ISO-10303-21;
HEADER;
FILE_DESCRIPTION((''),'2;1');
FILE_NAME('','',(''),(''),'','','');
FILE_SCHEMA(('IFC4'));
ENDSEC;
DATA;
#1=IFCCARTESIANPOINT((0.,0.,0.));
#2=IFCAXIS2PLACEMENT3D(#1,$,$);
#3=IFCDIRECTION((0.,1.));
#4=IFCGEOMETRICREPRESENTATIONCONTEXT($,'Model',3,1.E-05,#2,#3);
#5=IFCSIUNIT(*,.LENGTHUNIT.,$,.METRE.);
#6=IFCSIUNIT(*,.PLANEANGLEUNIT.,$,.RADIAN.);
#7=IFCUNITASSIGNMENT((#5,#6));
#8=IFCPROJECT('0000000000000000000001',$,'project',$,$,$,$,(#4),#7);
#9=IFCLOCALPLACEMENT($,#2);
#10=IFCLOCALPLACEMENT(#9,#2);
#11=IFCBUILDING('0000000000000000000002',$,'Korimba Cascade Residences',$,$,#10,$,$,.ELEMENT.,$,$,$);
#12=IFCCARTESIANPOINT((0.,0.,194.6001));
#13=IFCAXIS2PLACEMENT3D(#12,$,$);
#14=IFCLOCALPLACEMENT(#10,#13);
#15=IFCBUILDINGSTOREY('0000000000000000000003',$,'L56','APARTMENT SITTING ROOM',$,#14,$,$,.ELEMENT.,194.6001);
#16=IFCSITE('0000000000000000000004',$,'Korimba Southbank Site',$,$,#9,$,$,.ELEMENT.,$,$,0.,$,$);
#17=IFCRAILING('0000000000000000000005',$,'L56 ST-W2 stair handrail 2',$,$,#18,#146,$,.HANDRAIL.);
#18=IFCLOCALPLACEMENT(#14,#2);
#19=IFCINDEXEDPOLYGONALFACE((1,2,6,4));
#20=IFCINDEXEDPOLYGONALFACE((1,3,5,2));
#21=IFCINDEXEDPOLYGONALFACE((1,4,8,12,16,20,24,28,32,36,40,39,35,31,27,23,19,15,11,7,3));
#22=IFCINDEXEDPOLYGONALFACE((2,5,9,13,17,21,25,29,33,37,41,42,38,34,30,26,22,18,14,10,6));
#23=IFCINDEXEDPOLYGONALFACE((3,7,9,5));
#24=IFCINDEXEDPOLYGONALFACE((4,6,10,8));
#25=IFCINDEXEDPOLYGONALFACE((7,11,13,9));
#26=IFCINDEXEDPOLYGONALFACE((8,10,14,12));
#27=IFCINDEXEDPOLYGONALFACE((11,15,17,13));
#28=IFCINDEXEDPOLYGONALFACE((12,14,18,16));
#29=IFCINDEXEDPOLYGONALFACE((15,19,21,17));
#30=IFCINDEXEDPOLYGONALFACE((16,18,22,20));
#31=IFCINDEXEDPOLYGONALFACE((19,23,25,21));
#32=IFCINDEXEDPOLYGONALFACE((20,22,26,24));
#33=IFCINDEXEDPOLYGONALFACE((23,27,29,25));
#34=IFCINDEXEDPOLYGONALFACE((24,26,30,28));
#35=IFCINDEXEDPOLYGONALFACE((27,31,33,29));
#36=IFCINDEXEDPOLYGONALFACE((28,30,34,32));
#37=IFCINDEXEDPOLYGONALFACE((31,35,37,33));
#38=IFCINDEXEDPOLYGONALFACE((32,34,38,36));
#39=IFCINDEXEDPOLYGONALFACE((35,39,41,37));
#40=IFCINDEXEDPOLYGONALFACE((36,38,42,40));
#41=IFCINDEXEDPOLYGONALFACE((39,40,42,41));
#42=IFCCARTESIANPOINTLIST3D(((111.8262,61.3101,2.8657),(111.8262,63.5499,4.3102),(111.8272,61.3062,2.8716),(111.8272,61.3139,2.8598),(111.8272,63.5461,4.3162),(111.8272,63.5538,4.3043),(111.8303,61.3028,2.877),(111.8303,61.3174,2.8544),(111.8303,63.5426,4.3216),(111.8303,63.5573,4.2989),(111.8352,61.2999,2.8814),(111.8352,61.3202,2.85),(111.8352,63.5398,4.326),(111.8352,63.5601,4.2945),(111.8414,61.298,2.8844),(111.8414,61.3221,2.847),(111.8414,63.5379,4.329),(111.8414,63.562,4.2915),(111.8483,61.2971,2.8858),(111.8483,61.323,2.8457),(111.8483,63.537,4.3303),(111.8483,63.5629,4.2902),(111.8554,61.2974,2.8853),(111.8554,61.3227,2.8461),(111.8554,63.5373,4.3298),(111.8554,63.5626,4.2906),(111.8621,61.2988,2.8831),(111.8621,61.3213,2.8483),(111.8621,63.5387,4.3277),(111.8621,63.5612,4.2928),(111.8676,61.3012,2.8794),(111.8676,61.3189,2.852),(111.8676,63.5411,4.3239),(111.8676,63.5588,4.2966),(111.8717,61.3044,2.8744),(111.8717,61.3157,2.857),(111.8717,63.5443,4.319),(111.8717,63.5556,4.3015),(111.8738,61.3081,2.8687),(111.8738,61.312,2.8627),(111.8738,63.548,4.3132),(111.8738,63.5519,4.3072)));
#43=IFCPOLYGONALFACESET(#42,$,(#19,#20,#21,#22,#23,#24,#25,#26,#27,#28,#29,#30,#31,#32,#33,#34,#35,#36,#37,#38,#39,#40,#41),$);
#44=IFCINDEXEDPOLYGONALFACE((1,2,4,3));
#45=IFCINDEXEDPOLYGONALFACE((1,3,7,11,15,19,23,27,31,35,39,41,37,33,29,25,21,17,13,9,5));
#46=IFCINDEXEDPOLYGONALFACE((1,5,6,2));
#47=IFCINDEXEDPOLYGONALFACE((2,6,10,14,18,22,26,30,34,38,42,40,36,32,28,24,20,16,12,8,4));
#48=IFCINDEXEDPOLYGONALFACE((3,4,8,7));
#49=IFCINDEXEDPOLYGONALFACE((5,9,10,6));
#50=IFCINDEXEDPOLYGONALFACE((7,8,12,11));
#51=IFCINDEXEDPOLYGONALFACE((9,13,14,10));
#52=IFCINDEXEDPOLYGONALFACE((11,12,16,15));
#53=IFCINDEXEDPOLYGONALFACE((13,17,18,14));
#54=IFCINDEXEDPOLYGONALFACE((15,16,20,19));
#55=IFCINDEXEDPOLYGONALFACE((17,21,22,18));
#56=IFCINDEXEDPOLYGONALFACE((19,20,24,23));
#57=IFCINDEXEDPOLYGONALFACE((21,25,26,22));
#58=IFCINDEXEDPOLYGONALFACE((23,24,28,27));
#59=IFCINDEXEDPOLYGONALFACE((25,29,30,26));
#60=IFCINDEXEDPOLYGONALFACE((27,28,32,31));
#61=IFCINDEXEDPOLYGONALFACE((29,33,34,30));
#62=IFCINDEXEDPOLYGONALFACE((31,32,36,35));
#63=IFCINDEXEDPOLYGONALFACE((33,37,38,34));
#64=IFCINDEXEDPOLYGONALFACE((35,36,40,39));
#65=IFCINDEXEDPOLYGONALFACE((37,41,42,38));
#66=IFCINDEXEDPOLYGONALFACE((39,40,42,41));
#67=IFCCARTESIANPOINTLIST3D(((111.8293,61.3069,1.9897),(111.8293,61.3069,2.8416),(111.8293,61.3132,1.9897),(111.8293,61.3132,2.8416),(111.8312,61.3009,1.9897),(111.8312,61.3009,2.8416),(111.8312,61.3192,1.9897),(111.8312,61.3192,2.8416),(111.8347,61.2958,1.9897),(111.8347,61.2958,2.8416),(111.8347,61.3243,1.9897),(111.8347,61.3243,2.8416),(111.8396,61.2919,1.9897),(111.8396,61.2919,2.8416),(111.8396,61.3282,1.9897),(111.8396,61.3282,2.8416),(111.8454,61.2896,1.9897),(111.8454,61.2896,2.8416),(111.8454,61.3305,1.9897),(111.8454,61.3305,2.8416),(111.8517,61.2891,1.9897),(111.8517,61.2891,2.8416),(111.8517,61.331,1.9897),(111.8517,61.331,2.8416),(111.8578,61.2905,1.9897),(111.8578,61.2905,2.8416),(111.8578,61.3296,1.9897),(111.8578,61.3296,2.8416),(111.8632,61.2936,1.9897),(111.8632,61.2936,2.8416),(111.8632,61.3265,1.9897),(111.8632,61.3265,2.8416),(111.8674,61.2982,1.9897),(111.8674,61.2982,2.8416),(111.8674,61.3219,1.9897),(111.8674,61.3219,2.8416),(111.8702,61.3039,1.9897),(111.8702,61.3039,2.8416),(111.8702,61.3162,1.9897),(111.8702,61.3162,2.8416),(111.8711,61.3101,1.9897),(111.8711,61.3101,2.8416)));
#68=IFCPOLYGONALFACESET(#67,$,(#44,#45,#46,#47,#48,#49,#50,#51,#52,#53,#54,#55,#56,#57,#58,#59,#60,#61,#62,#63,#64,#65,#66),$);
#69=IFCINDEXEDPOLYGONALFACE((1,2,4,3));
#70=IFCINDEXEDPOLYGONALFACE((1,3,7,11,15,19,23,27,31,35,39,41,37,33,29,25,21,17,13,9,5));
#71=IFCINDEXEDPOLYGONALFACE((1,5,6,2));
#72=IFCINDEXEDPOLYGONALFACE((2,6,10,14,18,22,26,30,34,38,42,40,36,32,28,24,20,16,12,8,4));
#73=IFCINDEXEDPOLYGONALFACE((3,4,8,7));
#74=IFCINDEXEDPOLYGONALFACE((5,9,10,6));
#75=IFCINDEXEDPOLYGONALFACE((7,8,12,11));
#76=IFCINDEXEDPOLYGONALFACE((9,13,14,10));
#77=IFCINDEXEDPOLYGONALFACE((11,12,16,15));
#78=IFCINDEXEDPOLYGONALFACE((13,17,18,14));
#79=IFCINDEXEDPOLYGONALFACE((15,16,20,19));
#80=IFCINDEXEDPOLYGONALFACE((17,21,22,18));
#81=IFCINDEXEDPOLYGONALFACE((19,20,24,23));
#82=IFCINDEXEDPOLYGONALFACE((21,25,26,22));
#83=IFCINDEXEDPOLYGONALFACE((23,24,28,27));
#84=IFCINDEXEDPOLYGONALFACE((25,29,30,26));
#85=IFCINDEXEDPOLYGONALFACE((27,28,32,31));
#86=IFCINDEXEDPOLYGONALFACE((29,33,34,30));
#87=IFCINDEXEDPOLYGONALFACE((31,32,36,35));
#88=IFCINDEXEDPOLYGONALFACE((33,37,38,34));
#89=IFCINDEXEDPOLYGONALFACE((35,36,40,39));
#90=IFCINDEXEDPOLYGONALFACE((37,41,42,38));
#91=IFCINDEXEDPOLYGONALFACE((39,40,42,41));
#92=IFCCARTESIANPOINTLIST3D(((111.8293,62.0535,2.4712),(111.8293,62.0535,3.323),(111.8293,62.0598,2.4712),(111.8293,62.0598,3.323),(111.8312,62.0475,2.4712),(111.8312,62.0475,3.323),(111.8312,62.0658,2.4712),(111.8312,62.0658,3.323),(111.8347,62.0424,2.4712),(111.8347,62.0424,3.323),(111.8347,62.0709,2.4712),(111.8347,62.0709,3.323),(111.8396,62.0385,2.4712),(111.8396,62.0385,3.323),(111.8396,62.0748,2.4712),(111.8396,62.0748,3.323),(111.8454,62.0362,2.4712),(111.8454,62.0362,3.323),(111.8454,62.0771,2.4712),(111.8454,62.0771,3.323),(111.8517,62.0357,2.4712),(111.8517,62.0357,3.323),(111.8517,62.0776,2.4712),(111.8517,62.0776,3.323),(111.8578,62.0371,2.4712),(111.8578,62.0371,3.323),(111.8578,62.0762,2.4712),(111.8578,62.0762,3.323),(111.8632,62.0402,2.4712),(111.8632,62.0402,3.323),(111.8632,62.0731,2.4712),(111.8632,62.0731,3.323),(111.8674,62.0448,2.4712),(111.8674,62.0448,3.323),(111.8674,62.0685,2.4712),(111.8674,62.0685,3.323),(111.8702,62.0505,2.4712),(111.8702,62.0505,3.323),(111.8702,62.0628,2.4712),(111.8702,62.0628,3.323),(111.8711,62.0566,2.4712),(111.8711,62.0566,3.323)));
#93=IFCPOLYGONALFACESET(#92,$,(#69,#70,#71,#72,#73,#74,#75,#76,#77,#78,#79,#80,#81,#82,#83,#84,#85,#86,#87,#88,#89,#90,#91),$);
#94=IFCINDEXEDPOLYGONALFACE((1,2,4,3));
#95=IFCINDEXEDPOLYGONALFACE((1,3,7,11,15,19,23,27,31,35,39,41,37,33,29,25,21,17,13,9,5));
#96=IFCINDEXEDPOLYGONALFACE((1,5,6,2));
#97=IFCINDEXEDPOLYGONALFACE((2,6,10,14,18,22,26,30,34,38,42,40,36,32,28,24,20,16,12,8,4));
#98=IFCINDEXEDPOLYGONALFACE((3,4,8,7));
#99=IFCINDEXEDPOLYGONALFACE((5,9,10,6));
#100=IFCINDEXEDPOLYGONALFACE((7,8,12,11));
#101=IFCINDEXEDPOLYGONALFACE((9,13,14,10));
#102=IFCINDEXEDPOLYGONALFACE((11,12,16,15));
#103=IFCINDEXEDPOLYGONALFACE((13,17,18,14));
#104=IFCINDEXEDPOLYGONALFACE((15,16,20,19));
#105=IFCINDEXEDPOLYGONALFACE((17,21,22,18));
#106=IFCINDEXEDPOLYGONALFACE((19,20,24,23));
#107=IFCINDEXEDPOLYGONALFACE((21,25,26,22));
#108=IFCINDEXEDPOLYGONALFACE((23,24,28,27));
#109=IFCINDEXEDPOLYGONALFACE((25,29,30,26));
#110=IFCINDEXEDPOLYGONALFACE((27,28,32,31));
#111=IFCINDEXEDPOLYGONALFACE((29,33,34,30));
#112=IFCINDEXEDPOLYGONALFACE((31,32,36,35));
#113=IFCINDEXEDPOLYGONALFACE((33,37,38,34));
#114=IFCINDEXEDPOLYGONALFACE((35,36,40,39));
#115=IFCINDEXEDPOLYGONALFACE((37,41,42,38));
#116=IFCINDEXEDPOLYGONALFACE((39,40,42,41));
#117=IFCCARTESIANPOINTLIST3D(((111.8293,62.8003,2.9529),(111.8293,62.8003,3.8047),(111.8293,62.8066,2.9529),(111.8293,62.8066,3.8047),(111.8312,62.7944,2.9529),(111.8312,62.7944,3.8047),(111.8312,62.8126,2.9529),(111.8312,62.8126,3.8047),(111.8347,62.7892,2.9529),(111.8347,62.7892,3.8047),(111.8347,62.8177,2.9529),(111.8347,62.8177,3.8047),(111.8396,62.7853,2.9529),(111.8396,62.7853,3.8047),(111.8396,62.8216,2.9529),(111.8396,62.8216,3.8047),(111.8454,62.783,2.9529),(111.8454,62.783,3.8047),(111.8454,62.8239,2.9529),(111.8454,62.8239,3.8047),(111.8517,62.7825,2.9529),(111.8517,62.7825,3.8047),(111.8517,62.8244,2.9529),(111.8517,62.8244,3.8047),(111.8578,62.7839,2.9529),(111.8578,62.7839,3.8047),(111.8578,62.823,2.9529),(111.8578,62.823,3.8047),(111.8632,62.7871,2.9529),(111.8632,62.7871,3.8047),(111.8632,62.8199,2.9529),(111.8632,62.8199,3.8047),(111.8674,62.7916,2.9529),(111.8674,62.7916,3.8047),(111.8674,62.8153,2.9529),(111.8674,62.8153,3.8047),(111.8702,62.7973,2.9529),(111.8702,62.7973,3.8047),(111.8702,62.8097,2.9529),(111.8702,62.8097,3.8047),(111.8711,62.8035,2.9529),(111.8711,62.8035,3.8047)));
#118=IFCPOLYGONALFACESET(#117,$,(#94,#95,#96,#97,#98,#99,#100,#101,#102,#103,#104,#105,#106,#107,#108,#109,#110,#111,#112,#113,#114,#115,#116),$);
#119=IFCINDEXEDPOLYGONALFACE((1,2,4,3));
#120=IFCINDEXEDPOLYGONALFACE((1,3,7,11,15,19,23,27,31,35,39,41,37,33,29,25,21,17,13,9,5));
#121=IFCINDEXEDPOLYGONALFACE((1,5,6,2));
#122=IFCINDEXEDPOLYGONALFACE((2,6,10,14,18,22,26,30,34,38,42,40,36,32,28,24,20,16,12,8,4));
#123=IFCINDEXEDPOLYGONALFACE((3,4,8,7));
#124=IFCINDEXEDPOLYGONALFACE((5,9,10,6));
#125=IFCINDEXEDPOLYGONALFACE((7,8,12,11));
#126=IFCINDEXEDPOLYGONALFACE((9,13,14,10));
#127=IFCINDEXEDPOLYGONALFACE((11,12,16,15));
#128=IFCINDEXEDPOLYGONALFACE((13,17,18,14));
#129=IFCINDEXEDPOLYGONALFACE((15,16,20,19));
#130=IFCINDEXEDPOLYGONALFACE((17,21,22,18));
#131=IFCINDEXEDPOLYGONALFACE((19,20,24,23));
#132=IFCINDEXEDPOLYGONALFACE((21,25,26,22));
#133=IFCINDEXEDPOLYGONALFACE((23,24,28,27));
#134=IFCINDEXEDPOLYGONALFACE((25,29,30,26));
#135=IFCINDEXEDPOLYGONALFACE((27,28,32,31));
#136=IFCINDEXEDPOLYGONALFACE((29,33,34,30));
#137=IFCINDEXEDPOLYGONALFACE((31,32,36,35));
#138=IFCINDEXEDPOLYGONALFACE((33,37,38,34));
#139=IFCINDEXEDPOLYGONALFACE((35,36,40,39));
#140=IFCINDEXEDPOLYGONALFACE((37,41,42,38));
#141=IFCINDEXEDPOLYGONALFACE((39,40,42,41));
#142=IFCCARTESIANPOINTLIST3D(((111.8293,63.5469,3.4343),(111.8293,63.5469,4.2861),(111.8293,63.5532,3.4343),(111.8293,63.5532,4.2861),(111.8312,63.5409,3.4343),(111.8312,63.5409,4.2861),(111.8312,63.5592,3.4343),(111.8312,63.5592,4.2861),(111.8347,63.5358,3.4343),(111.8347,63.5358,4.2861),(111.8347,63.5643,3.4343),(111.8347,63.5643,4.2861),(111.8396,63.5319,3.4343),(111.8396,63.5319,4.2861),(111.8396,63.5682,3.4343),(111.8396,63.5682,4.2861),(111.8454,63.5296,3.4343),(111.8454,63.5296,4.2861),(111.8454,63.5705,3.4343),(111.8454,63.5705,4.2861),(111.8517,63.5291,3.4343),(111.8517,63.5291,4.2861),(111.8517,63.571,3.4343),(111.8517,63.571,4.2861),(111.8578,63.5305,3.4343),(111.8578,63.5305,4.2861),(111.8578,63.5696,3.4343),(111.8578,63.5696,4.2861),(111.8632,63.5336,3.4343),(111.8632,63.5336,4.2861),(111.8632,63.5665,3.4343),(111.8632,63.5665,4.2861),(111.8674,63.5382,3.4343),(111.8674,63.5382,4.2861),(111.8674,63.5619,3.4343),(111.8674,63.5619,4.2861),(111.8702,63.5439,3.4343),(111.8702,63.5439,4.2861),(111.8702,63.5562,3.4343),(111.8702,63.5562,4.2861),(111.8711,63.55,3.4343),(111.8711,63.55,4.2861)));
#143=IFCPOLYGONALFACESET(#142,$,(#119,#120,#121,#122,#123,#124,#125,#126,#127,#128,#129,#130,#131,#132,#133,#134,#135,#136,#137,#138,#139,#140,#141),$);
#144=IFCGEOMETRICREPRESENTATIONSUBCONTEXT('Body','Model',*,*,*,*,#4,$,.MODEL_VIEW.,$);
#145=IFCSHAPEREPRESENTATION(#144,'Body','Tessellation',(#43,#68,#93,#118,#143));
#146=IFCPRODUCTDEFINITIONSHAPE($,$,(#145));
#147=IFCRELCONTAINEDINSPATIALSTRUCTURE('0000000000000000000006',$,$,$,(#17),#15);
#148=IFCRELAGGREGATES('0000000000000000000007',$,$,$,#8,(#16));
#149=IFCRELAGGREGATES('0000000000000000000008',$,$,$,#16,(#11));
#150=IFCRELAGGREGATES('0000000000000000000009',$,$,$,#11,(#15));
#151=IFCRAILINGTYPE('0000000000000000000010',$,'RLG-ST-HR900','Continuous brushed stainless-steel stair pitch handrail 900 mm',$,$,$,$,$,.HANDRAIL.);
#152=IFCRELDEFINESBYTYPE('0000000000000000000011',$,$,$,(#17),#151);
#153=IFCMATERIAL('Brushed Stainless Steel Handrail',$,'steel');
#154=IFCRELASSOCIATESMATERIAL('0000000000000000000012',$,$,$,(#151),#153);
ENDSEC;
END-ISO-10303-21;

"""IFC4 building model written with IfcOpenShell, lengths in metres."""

from ifc_helpers import new_model, si_unit, direction, frame, origin, origin_2d, place, context, subcontext, project, spatial, circle, extrude, material, type_object, element, save


model = new_model("IFC4")

# Units and contexts
model_context = context("Model", 3, precision=1e-05, world=origin(), true_north=direction((0.0, 1.0)))
body_context = subcontext(model_context, "Body", "Model", "MODEL_VIEW")
ifc_project = project(units=[si_unit("LENGTHUNIT", "METRE"), si_unit("PLANEANGLEUNIT", "RADIAN")], contexts=[model_context])

# Site, building, storey
site_placement = place(None, origin())
site = spatial("IfcSite", under=ifc_project, at=site_placement, Name="Korimba Southbank Site", CompositionType="ELEMENT", RefElevation=0.0)
building_placement = place(site_placement, origin())
building = spatial("IfcBuilding", under=site, at=building_placement, Name="Korimba Cascade Residences", CompositionType="ELEMENT")
storey_placement = place(building_placement, frame((0.0, 0.0, 194.6001)))
storey = spatial("IfcBuildingStorey", under=building, at=storey_placement, Name="L56", Description="APARTMENT SITTING ROOM", CompositionType="ELEMENT", Elevation=194.6001)

# Railing
ifc_material_1 = material(Name="Brushed Stainless Steel Handrail", Category="steel")
railing_type_1 = type_object("IfcRailingType", Name="RLG-ST-HR900", Description="Continuous brushed stainless-steel stair pitch handrail 900 mm", PredefinedType="HANDRAIL", material=ifc_material_1)
railing_1_placement = place(storey_placement, frame((111.8501, 61.3101, 1.9897)))
element("IfcRailing", 1, at=railing_1_placement, inside=storey, type_object=railing_type_1, Name="L56 ST-W2 stair handrail 2", PredefinedType="HANDRAIL", context=body_context, shape_type="SweptSolid", body=[
    extrude(circle(Radius=0.0239, at=origin_2d()), frame((0.0, 0.0, 0.876), z_axis=(0.0, 0.840395, 0.541975), x_axis=(-1.0, 0.0, 0.0)), (0.0, 0.0, 1.0), 2.6653),
    extrude(circle(Radius=0.021, at=origin_2d()), origin(), (0.0, 0.0, 1.0), 0.8518),
    extrude(circle(Radius=0.021, at=origin_2d()), frame((0.0, 0.7466, 0.4814)), (0.0, 0.0, 1.0), 0.8518),
    extrude(circle(Radius=0.021, at=origin_2d()), frame((0.0, 1.4934, 0.9631)), (0.0, 0.0, 1.0), 0.8518),
    extrude(circle(Radius=0.021, at=origin_2d()), frame((0.0, 2.24, 1.4446)), (0.0, 0.0, 1.0), 0.8518),
])

save(model, "model.ifc")
